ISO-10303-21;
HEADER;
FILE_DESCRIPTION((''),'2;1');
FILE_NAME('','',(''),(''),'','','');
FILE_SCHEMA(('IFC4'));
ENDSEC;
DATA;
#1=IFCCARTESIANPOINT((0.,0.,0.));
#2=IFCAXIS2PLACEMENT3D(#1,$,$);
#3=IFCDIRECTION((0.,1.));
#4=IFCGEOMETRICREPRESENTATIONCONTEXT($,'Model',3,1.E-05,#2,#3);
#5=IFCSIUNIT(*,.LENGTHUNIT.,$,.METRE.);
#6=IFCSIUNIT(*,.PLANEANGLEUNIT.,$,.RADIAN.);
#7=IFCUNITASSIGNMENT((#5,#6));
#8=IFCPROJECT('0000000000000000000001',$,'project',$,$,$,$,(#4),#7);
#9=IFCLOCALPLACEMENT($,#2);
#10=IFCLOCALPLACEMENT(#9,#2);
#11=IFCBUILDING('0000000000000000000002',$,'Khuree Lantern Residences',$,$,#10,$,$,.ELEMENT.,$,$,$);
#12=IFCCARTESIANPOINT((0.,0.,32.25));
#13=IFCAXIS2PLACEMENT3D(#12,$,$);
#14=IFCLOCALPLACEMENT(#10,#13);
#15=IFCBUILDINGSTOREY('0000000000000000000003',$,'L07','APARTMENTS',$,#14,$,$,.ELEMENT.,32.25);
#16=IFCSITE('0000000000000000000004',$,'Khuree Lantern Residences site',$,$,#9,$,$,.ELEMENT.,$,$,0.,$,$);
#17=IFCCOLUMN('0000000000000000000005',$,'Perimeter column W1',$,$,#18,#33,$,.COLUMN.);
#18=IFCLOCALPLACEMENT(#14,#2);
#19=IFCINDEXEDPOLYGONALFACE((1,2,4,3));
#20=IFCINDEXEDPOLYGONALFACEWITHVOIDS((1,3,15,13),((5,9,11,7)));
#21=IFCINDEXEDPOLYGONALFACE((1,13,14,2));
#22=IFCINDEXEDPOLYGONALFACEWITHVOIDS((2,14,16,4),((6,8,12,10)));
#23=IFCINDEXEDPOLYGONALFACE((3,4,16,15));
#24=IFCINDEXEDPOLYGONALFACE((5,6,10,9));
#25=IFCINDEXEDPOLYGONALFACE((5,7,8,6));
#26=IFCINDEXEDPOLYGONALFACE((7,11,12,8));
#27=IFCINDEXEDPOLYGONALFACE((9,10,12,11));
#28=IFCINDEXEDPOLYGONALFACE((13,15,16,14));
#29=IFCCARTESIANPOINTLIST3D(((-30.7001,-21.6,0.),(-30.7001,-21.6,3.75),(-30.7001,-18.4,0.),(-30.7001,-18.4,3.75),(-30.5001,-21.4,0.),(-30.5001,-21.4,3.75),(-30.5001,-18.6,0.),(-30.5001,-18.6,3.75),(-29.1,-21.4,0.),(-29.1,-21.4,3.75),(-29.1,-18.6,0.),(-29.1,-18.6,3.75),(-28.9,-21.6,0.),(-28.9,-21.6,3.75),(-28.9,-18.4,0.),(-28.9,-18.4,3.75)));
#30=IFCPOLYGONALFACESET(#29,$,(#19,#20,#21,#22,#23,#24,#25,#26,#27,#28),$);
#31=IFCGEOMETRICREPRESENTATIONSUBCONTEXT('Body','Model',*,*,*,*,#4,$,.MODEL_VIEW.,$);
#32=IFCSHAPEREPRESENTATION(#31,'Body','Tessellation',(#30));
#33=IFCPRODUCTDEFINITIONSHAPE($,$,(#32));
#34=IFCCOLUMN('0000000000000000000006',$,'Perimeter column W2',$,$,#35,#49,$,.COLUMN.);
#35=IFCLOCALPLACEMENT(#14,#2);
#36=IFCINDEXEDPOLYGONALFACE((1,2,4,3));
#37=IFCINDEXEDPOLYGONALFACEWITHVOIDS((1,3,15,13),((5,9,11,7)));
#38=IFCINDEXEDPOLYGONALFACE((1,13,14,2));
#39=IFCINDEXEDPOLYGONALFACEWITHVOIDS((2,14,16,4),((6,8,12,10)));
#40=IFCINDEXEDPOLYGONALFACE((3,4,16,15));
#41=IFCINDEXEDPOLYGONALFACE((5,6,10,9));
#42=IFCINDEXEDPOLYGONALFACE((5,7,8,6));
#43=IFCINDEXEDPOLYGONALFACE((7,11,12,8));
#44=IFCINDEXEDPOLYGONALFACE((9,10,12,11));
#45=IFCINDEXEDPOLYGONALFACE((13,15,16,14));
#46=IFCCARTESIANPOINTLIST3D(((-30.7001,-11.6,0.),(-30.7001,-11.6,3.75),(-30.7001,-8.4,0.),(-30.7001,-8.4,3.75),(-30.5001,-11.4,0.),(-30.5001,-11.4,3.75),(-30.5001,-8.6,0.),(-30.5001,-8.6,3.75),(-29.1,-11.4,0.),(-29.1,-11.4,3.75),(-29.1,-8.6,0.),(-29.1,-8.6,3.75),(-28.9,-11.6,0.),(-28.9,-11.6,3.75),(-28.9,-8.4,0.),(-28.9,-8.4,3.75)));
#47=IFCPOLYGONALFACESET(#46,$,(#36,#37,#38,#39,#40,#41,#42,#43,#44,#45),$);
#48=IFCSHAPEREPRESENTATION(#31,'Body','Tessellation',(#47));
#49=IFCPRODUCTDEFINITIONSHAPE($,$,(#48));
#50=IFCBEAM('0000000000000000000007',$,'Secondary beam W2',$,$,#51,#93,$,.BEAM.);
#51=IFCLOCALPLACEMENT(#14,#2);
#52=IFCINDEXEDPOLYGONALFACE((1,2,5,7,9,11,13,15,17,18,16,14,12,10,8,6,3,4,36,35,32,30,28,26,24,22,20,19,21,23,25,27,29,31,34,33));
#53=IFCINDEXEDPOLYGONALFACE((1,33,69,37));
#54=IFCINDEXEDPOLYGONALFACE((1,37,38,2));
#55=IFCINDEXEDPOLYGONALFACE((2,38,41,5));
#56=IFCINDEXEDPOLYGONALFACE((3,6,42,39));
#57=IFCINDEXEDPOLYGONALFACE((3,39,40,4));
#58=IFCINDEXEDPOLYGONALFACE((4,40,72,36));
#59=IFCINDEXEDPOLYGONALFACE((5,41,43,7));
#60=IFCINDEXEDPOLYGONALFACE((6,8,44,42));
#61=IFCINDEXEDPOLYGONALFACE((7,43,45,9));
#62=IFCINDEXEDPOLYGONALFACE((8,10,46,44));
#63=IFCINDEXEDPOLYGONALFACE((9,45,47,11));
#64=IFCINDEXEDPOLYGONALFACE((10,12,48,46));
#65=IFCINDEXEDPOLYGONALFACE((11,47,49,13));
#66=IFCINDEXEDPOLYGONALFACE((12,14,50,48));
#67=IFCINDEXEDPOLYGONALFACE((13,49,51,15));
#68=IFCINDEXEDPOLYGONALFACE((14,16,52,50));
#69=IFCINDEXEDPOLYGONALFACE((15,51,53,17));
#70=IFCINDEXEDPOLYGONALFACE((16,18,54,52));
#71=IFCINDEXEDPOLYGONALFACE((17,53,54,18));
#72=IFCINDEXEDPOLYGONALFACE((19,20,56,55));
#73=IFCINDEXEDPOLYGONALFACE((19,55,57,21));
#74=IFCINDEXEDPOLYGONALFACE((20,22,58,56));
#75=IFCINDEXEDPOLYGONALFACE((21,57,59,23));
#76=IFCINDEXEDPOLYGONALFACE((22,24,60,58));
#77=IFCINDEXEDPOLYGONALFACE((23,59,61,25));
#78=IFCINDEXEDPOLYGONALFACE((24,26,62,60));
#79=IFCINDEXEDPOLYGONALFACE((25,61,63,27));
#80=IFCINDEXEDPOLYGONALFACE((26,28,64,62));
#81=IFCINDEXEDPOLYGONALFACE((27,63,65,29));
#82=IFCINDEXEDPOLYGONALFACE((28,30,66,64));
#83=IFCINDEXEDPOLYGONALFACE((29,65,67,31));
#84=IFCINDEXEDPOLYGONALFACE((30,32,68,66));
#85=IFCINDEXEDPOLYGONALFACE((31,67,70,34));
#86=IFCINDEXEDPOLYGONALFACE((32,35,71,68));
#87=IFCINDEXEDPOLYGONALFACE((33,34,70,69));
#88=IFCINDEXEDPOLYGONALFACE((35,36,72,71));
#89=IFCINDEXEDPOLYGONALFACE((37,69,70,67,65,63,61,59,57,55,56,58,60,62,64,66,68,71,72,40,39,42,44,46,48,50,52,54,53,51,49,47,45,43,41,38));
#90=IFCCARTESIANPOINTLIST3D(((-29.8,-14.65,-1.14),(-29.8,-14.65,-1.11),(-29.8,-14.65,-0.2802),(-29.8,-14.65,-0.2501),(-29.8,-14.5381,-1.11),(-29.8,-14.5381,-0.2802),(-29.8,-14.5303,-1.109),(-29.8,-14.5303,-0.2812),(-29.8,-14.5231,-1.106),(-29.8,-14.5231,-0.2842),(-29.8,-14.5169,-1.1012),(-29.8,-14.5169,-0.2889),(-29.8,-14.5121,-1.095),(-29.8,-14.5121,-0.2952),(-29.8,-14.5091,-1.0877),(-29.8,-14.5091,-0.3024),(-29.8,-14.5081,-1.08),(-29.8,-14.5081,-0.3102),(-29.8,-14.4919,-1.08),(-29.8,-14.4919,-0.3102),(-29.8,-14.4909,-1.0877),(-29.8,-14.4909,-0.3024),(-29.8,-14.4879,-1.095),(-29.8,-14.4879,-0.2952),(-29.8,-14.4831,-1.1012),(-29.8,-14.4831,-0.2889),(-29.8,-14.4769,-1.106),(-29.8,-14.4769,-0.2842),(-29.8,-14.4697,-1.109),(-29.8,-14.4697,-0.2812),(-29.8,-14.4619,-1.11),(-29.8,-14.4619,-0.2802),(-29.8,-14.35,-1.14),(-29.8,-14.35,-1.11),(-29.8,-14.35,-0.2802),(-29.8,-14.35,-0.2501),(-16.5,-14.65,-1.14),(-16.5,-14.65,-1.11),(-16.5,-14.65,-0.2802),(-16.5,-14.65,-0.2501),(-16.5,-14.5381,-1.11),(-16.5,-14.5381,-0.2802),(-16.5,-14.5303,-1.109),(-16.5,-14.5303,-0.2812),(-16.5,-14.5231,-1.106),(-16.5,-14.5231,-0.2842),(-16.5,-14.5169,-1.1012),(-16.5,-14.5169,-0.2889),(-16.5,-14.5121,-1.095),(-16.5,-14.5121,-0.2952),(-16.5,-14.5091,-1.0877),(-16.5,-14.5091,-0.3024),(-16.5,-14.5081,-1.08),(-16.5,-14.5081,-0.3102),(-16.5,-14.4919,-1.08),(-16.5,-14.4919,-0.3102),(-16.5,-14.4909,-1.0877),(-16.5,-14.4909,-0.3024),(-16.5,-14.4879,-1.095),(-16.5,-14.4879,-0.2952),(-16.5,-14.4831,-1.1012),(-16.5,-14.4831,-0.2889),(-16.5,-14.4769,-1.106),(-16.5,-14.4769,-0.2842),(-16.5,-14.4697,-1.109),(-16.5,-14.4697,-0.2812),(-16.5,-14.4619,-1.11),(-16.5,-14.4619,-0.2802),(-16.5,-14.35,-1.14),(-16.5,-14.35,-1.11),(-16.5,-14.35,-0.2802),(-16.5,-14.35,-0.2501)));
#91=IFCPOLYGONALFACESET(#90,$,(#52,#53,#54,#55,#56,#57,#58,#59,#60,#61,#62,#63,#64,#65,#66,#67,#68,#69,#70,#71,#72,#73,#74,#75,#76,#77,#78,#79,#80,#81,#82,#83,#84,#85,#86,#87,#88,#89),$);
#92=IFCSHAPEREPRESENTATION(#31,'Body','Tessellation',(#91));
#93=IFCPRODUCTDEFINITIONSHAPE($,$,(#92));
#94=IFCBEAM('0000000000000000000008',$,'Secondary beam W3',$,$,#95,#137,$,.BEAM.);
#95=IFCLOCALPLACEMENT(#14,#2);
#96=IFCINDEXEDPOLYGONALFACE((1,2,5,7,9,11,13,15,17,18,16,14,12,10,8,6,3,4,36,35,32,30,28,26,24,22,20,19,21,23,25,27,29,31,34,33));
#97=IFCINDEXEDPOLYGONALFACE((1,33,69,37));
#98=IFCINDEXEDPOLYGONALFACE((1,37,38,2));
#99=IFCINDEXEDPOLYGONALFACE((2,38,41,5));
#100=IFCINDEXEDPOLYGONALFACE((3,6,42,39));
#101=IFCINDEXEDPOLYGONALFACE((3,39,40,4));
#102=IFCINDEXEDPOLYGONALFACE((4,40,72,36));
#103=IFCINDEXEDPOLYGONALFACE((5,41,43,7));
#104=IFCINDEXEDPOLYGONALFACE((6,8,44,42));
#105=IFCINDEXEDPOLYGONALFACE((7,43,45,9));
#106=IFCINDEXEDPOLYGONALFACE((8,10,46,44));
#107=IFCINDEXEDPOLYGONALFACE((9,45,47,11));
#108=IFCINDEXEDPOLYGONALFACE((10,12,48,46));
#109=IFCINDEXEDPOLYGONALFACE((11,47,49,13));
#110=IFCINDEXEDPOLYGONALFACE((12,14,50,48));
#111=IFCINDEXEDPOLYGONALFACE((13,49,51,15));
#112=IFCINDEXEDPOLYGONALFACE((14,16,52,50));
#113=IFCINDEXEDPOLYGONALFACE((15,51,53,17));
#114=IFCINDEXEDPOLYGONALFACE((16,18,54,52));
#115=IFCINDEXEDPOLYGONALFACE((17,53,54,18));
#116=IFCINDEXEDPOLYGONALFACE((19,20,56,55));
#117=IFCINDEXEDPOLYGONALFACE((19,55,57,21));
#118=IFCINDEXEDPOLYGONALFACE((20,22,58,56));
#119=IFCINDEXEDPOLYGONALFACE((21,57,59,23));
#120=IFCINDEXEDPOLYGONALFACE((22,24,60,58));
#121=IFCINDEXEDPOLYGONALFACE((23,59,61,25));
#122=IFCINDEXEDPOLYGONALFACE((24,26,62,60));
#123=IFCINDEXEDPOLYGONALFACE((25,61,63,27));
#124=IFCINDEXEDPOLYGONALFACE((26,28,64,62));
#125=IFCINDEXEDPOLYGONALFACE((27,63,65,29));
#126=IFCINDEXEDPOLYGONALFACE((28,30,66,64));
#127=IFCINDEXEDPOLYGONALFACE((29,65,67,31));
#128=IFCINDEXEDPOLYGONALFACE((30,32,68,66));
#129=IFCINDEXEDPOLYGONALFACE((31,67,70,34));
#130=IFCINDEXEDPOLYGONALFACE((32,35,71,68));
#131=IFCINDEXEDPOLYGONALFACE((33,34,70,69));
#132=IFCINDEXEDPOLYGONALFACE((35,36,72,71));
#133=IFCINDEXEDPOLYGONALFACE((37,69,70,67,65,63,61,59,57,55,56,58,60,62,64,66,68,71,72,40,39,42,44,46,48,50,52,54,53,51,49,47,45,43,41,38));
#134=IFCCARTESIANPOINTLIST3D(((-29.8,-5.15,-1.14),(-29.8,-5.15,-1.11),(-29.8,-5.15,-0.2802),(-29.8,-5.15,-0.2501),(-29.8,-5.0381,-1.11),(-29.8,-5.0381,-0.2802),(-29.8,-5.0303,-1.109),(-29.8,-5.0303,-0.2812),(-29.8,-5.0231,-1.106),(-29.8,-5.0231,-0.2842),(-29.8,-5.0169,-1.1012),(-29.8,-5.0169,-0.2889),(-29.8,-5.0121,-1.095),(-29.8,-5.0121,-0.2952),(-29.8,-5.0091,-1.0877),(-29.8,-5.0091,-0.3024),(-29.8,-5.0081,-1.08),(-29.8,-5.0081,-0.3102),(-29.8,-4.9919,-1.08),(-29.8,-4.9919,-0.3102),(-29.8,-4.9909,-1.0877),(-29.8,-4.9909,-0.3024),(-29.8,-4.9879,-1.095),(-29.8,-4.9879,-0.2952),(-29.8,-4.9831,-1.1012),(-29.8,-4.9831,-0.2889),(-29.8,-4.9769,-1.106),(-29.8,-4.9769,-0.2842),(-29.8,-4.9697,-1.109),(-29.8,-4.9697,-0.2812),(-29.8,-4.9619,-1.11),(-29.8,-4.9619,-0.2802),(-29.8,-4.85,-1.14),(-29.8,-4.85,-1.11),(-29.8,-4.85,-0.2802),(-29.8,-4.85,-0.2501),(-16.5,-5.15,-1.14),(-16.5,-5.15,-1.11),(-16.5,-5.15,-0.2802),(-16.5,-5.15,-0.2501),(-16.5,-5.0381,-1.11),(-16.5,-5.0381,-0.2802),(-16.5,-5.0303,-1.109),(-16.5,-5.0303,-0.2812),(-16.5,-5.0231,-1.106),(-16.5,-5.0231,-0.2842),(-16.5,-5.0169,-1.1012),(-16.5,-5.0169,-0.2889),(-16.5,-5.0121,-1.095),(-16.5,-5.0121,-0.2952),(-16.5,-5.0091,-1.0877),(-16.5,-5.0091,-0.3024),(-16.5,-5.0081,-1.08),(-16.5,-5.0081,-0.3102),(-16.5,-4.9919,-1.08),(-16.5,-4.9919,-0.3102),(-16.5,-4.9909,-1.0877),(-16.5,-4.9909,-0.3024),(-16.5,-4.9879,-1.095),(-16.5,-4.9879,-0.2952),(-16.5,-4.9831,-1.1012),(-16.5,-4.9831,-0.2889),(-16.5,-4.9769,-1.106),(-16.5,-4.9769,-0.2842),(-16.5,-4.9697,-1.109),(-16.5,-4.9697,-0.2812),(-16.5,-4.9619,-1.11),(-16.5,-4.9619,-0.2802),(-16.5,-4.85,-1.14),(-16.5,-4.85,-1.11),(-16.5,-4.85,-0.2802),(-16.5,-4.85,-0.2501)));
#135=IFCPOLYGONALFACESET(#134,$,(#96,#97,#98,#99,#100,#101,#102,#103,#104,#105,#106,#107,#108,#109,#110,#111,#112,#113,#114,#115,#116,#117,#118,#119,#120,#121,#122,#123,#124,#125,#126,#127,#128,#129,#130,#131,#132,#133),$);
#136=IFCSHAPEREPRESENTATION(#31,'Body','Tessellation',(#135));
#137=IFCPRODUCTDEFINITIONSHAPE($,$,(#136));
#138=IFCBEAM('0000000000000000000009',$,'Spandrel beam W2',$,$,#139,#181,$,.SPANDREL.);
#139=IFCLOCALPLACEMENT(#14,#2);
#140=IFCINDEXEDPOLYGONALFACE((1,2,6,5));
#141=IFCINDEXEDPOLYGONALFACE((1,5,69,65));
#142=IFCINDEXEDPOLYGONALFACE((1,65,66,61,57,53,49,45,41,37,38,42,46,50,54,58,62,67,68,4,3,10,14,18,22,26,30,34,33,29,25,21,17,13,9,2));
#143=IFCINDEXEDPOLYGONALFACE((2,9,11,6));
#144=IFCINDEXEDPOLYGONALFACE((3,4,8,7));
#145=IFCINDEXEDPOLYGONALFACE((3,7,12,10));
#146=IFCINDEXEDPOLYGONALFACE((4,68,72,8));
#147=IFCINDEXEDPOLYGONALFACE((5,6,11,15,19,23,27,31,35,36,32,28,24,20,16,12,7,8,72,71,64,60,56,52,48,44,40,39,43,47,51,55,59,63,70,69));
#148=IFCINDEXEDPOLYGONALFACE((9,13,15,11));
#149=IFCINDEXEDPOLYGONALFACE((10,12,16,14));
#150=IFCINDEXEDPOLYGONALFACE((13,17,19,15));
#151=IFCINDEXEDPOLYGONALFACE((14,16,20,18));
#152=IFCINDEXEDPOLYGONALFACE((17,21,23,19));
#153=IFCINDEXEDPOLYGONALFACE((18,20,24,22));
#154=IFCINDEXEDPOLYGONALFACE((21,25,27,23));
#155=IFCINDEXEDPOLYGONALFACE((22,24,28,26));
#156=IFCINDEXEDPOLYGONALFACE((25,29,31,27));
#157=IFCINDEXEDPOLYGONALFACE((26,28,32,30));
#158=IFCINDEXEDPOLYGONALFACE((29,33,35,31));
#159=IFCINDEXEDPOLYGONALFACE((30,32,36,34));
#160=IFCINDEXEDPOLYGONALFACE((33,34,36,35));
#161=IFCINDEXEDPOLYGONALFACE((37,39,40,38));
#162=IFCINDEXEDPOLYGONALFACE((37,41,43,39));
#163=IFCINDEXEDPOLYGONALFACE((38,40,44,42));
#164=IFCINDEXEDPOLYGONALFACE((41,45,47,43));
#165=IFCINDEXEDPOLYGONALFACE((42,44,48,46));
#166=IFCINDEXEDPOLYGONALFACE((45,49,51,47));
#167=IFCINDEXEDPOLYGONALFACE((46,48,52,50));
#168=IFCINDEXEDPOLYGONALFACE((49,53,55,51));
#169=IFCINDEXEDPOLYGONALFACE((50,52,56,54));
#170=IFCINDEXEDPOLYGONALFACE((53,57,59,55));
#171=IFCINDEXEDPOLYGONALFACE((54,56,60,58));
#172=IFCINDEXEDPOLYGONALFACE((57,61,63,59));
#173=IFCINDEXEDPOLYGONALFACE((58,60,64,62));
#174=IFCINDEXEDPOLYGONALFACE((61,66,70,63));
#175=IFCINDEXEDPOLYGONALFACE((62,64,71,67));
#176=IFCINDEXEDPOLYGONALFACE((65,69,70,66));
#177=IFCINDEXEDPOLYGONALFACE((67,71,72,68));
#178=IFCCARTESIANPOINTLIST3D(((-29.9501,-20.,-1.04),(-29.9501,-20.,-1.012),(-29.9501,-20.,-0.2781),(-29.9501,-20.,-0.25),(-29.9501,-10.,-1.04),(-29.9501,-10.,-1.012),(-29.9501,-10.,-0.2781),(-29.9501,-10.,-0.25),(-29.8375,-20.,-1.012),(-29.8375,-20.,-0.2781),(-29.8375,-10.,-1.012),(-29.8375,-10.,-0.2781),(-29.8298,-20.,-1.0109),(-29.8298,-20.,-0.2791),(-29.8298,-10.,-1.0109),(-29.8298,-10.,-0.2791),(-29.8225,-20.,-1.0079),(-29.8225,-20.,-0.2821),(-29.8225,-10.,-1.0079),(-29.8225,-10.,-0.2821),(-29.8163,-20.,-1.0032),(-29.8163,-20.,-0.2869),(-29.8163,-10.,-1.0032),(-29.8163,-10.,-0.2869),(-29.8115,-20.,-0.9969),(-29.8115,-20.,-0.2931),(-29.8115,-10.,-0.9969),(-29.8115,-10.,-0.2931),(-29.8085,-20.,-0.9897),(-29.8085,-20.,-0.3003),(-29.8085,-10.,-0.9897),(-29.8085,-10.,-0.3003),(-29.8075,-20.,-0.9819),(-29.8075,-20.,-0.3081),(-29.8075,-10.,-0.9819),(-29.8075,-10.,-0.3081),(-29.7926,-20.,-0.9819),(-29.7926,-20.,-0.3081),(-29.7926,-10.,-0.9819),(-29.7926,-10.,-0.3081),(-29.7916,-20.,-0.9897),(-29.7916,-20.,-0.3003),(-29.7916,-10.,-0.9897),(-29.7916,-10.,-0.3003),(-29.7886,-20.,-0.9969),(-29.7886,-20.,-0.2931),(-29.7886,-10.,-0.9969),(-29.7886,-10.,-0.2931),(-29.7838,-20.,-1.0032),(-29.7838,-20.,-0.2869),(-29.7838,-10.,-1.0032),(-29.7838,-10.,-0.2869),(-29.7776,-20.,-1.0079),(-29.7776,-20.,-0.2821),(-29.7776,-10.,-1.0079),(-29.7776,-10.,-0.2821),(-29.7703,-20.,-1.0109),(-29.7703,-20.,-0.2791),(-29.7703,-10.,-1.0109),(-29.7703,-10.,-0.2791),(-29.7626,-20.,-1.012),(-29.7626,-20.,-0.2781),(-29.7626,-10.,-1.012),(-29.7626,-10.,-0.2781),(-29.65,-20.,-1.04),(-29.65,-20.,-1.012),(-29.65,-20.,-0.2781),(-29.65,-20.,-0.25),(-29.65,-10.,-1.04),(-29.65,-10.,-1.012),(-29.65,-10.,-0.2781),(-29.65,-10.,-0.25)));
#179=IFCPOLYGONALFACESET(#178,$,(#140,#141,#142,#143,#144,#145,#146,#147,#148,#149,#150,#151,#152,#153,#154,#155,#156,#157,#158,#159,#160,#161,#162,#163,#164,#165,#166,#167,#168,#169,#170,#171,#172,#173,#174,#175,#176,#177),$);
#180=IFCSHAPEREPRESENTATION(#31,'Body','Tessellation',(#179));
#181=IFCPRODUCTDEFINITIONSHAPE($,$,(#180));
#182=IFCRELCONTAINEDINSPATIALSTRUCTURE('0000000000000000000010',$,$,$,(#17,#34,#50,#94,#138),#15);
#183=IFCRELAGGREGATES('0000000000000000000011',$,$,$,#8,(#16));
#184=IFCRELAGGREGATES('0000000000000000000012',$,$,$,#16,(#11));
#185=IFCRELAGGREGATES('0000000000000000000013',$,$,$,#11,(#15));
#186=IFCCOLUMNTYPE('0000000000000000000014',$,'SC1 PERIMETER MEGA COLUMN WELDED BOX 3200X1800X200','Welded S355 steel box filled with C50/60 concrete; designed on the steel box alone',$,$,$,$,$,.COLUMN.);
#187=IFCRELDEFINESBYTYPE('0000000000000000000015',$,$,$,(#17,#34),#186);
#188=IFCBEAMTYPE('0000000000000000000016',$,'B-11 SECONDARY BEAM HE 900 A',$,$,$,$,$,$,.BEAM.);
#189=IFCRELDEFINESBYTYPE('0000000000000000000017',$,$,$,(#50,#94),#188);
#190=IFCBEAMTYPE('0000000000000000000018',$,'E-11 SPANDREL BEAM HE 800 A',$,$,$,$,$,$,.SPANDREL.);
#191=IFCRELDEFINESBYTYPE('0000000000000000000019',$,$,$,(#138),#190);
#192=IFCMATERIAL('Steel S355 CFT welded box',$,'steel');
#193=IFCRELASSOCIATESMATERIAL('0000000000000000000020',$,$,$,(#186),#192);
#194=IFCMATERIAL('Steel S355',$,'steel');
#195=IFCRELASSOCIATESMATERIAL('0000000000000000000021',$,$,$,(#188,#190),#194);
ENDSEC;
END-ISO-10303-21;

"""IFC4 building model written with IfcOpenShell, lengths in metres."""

from ifc_helpers import new_model, si_unit, direction, frame, origin, origin_2d, place, context, subcontext, project, spatial, hollow_rectangle, i_section, extrude, material, material_profile, profile_set, type_object, element, save


model = new_model("IFC4")

# Units and contexts
model_context = context("Model", 3, precision=1e-05, world=origin(), true_north=direction((0.0, 1.0)))
body_context = subcontext(model_context, "Body", "Model", "MODEL_VIEW")
ifc_project = project(units=[si_unit("LENGTHUNIT", "METRE"), si_unit("PLANEANGLEUNIT", "RADIAN")], contexts=[model_context])

# Site, building, storey
site_placement = place(None, origin())
site = spatial("IfcSite", under=ifc_project, at=site_placement, Name="Khuree Lantern Residences site", CompositionType="ELEMENT", RefElevation=0.0)
building_placement = place(site_placement, origin())
building = spatial("IfcBuilding", under=site, at=building_placement, Name="Khuree Lantern Residences", CompositionType="ELEMENT")
storey_placement = place(building_placement, frame((0.0, 0.0, 32.25)))
storey = spatial("IfcBuildingStorey", under=building, at=storey_placement, Name="L07", Description="APARTMENTS", CompositionType="ELEMENT", Elevation=32.25)

# Columns
ifc_material_1 = material(Name="Steel S355 CFT welded box", Category="steel")
ifc_material_profile_1 = material_profile(ifc_material_1, hollow_rectangle(XDim=3.2, YDim=1.8, WallThickness=0.2, at=origin_2d()), Name="WELDED BOX 3200X1800X200")
ifc_profile_set_1 = profile_set([ifc_material_profile_1], Name="Steel S355 CFT welded box")
column_type = type_object("IfcColumnType", Name="SC1 PERIMETER MEGA COLUMN WELDED BOX 3200X1800X200", Description="Welded S355 steel box filled with C50/60 concrete; designed on the steel box alone", PredefinedType="COLUMN", material=ifc_profile_set_1)
for number, where, z_axis, x_axis, name in (
    (1, (-29.8, -20.0, 0.0), (0.0, 0.0, 1.0), (0.0, 1.0, 0.0), "Perimeter column W1"),
    (2, (-29.8, -10.0, 0.0), (0.0, 0.0, 1.0), (0.0, 1.0, 0.0), "Perimeter column W2"),
):
    element("IfcColumn", number, at=place(storey_placement, frame(where, z_axis=z_axis, x_axis=x_axis)), inside=storey, type_object=column_type, Name=name, PredefinedType="COLUMN", context=body_context, shape_type="SweptSolid", body=[
        extrude(hollow_rectangle(XDim=3.2, YDim=1.8, WallThickness=0.2, at=origin_2d()), origin(), (0.0, 0.0, 1.0), 3.75),
    ])

# Beams
ifc_material_2 = material(Name="Steel S355", Category="steel")
ifc_material_profile_2 = material_profile(ifc_material_2, i_section(OverallWidth=0.3, OverallDepth=0.8899, WebThickness=0.0161, FlangeThickness=0.03, FilletRadius=0.03, at=origin_2d()), Name="HE 900 A")
ifc_profile_set_2 = profile_set([ifc_material_profile_2], Name="Steel S355")
beam_type_1 = type_object("IfcBeamType", Name="B-11 SECONDARY BEAM HE 900 A", PredefinedType="BEAM", material=ifc_profile_set_2)
for number, where, z_axis, x_axis, name in (
    (3, (-29.8, -14.5, -0.6951), (1.0, 0.0, 0.0), (0.0, 1.0, 0.0), "Secondary beam W2"),
    (4, (-29.8, -5.0, -0.6951), (1.0, 0.0, 0.0), (0.0, 1.0, 0.0), "Secondary beam W3"),
):
    element("IfcBeam", number, at=place(storey_placement, frame(where, z_axis=z_axis, x_axis=x_axis)), inside=storey, type_object=beam_type_1, Name=name, PredefinedType="BEAM", context=body_context, shape_type="SweptSolid", body=[
        extrude(i_section(OverallWidth=0.3, OverallDepth=0.8899, WebThickness=0.0161, FlangeThickness=0.03, FilletRadius=0.03, at=origin_2d()), origin(), (0.0, 0.0, 1.0), 13.3),
    ])
ifc_material_profile_3 = material_profile(ifc_material_2, i_section(OverallWidth=0.3, OverallDepth=0.79, WebThickness=0.0149, FlangeThickness=0.0281, FilletRadius=0.03, at=origin_2d()), Name="HE 800 A")
ifc_profile_set_3 = profile_set([ifc_material_profile_3], Name="Steel S355")
beam_type_2 = type_object("IfcBeamType", Name="E-11 SPANDREL BEAM HE 800 A", PredefinedType="SPANDREL", material=ifc_profile_set_3)
for number, where, z_axis, x_axis, name in (
    (5, (-29.8, -20.0, -0.645), (0.0, 1.0, 0.0), (-1.0, 0.0, 0.0), "Spandrel beam W2"),
):
    element("IfcBeam", number, at=place(storey_placement, frame(where, z_axis=z_axis, x_axis=x_axis)), inside=storey, type_object=beam_type_2, Name=name, PredefinedType="SPANDREL", context=body_context, shape_type="SweptSolid", body=[
        extrude(i_section(OverallWidth=0.3, OverallDepth=0.79, WebThickness=0.0149, FlangeThickness=0.0281, FilletRadius=0.03, at=origin_2d()), origin(), (0.0, 0.0, 1.0), 10.0),
    ])

save(model, "model.ifc")
